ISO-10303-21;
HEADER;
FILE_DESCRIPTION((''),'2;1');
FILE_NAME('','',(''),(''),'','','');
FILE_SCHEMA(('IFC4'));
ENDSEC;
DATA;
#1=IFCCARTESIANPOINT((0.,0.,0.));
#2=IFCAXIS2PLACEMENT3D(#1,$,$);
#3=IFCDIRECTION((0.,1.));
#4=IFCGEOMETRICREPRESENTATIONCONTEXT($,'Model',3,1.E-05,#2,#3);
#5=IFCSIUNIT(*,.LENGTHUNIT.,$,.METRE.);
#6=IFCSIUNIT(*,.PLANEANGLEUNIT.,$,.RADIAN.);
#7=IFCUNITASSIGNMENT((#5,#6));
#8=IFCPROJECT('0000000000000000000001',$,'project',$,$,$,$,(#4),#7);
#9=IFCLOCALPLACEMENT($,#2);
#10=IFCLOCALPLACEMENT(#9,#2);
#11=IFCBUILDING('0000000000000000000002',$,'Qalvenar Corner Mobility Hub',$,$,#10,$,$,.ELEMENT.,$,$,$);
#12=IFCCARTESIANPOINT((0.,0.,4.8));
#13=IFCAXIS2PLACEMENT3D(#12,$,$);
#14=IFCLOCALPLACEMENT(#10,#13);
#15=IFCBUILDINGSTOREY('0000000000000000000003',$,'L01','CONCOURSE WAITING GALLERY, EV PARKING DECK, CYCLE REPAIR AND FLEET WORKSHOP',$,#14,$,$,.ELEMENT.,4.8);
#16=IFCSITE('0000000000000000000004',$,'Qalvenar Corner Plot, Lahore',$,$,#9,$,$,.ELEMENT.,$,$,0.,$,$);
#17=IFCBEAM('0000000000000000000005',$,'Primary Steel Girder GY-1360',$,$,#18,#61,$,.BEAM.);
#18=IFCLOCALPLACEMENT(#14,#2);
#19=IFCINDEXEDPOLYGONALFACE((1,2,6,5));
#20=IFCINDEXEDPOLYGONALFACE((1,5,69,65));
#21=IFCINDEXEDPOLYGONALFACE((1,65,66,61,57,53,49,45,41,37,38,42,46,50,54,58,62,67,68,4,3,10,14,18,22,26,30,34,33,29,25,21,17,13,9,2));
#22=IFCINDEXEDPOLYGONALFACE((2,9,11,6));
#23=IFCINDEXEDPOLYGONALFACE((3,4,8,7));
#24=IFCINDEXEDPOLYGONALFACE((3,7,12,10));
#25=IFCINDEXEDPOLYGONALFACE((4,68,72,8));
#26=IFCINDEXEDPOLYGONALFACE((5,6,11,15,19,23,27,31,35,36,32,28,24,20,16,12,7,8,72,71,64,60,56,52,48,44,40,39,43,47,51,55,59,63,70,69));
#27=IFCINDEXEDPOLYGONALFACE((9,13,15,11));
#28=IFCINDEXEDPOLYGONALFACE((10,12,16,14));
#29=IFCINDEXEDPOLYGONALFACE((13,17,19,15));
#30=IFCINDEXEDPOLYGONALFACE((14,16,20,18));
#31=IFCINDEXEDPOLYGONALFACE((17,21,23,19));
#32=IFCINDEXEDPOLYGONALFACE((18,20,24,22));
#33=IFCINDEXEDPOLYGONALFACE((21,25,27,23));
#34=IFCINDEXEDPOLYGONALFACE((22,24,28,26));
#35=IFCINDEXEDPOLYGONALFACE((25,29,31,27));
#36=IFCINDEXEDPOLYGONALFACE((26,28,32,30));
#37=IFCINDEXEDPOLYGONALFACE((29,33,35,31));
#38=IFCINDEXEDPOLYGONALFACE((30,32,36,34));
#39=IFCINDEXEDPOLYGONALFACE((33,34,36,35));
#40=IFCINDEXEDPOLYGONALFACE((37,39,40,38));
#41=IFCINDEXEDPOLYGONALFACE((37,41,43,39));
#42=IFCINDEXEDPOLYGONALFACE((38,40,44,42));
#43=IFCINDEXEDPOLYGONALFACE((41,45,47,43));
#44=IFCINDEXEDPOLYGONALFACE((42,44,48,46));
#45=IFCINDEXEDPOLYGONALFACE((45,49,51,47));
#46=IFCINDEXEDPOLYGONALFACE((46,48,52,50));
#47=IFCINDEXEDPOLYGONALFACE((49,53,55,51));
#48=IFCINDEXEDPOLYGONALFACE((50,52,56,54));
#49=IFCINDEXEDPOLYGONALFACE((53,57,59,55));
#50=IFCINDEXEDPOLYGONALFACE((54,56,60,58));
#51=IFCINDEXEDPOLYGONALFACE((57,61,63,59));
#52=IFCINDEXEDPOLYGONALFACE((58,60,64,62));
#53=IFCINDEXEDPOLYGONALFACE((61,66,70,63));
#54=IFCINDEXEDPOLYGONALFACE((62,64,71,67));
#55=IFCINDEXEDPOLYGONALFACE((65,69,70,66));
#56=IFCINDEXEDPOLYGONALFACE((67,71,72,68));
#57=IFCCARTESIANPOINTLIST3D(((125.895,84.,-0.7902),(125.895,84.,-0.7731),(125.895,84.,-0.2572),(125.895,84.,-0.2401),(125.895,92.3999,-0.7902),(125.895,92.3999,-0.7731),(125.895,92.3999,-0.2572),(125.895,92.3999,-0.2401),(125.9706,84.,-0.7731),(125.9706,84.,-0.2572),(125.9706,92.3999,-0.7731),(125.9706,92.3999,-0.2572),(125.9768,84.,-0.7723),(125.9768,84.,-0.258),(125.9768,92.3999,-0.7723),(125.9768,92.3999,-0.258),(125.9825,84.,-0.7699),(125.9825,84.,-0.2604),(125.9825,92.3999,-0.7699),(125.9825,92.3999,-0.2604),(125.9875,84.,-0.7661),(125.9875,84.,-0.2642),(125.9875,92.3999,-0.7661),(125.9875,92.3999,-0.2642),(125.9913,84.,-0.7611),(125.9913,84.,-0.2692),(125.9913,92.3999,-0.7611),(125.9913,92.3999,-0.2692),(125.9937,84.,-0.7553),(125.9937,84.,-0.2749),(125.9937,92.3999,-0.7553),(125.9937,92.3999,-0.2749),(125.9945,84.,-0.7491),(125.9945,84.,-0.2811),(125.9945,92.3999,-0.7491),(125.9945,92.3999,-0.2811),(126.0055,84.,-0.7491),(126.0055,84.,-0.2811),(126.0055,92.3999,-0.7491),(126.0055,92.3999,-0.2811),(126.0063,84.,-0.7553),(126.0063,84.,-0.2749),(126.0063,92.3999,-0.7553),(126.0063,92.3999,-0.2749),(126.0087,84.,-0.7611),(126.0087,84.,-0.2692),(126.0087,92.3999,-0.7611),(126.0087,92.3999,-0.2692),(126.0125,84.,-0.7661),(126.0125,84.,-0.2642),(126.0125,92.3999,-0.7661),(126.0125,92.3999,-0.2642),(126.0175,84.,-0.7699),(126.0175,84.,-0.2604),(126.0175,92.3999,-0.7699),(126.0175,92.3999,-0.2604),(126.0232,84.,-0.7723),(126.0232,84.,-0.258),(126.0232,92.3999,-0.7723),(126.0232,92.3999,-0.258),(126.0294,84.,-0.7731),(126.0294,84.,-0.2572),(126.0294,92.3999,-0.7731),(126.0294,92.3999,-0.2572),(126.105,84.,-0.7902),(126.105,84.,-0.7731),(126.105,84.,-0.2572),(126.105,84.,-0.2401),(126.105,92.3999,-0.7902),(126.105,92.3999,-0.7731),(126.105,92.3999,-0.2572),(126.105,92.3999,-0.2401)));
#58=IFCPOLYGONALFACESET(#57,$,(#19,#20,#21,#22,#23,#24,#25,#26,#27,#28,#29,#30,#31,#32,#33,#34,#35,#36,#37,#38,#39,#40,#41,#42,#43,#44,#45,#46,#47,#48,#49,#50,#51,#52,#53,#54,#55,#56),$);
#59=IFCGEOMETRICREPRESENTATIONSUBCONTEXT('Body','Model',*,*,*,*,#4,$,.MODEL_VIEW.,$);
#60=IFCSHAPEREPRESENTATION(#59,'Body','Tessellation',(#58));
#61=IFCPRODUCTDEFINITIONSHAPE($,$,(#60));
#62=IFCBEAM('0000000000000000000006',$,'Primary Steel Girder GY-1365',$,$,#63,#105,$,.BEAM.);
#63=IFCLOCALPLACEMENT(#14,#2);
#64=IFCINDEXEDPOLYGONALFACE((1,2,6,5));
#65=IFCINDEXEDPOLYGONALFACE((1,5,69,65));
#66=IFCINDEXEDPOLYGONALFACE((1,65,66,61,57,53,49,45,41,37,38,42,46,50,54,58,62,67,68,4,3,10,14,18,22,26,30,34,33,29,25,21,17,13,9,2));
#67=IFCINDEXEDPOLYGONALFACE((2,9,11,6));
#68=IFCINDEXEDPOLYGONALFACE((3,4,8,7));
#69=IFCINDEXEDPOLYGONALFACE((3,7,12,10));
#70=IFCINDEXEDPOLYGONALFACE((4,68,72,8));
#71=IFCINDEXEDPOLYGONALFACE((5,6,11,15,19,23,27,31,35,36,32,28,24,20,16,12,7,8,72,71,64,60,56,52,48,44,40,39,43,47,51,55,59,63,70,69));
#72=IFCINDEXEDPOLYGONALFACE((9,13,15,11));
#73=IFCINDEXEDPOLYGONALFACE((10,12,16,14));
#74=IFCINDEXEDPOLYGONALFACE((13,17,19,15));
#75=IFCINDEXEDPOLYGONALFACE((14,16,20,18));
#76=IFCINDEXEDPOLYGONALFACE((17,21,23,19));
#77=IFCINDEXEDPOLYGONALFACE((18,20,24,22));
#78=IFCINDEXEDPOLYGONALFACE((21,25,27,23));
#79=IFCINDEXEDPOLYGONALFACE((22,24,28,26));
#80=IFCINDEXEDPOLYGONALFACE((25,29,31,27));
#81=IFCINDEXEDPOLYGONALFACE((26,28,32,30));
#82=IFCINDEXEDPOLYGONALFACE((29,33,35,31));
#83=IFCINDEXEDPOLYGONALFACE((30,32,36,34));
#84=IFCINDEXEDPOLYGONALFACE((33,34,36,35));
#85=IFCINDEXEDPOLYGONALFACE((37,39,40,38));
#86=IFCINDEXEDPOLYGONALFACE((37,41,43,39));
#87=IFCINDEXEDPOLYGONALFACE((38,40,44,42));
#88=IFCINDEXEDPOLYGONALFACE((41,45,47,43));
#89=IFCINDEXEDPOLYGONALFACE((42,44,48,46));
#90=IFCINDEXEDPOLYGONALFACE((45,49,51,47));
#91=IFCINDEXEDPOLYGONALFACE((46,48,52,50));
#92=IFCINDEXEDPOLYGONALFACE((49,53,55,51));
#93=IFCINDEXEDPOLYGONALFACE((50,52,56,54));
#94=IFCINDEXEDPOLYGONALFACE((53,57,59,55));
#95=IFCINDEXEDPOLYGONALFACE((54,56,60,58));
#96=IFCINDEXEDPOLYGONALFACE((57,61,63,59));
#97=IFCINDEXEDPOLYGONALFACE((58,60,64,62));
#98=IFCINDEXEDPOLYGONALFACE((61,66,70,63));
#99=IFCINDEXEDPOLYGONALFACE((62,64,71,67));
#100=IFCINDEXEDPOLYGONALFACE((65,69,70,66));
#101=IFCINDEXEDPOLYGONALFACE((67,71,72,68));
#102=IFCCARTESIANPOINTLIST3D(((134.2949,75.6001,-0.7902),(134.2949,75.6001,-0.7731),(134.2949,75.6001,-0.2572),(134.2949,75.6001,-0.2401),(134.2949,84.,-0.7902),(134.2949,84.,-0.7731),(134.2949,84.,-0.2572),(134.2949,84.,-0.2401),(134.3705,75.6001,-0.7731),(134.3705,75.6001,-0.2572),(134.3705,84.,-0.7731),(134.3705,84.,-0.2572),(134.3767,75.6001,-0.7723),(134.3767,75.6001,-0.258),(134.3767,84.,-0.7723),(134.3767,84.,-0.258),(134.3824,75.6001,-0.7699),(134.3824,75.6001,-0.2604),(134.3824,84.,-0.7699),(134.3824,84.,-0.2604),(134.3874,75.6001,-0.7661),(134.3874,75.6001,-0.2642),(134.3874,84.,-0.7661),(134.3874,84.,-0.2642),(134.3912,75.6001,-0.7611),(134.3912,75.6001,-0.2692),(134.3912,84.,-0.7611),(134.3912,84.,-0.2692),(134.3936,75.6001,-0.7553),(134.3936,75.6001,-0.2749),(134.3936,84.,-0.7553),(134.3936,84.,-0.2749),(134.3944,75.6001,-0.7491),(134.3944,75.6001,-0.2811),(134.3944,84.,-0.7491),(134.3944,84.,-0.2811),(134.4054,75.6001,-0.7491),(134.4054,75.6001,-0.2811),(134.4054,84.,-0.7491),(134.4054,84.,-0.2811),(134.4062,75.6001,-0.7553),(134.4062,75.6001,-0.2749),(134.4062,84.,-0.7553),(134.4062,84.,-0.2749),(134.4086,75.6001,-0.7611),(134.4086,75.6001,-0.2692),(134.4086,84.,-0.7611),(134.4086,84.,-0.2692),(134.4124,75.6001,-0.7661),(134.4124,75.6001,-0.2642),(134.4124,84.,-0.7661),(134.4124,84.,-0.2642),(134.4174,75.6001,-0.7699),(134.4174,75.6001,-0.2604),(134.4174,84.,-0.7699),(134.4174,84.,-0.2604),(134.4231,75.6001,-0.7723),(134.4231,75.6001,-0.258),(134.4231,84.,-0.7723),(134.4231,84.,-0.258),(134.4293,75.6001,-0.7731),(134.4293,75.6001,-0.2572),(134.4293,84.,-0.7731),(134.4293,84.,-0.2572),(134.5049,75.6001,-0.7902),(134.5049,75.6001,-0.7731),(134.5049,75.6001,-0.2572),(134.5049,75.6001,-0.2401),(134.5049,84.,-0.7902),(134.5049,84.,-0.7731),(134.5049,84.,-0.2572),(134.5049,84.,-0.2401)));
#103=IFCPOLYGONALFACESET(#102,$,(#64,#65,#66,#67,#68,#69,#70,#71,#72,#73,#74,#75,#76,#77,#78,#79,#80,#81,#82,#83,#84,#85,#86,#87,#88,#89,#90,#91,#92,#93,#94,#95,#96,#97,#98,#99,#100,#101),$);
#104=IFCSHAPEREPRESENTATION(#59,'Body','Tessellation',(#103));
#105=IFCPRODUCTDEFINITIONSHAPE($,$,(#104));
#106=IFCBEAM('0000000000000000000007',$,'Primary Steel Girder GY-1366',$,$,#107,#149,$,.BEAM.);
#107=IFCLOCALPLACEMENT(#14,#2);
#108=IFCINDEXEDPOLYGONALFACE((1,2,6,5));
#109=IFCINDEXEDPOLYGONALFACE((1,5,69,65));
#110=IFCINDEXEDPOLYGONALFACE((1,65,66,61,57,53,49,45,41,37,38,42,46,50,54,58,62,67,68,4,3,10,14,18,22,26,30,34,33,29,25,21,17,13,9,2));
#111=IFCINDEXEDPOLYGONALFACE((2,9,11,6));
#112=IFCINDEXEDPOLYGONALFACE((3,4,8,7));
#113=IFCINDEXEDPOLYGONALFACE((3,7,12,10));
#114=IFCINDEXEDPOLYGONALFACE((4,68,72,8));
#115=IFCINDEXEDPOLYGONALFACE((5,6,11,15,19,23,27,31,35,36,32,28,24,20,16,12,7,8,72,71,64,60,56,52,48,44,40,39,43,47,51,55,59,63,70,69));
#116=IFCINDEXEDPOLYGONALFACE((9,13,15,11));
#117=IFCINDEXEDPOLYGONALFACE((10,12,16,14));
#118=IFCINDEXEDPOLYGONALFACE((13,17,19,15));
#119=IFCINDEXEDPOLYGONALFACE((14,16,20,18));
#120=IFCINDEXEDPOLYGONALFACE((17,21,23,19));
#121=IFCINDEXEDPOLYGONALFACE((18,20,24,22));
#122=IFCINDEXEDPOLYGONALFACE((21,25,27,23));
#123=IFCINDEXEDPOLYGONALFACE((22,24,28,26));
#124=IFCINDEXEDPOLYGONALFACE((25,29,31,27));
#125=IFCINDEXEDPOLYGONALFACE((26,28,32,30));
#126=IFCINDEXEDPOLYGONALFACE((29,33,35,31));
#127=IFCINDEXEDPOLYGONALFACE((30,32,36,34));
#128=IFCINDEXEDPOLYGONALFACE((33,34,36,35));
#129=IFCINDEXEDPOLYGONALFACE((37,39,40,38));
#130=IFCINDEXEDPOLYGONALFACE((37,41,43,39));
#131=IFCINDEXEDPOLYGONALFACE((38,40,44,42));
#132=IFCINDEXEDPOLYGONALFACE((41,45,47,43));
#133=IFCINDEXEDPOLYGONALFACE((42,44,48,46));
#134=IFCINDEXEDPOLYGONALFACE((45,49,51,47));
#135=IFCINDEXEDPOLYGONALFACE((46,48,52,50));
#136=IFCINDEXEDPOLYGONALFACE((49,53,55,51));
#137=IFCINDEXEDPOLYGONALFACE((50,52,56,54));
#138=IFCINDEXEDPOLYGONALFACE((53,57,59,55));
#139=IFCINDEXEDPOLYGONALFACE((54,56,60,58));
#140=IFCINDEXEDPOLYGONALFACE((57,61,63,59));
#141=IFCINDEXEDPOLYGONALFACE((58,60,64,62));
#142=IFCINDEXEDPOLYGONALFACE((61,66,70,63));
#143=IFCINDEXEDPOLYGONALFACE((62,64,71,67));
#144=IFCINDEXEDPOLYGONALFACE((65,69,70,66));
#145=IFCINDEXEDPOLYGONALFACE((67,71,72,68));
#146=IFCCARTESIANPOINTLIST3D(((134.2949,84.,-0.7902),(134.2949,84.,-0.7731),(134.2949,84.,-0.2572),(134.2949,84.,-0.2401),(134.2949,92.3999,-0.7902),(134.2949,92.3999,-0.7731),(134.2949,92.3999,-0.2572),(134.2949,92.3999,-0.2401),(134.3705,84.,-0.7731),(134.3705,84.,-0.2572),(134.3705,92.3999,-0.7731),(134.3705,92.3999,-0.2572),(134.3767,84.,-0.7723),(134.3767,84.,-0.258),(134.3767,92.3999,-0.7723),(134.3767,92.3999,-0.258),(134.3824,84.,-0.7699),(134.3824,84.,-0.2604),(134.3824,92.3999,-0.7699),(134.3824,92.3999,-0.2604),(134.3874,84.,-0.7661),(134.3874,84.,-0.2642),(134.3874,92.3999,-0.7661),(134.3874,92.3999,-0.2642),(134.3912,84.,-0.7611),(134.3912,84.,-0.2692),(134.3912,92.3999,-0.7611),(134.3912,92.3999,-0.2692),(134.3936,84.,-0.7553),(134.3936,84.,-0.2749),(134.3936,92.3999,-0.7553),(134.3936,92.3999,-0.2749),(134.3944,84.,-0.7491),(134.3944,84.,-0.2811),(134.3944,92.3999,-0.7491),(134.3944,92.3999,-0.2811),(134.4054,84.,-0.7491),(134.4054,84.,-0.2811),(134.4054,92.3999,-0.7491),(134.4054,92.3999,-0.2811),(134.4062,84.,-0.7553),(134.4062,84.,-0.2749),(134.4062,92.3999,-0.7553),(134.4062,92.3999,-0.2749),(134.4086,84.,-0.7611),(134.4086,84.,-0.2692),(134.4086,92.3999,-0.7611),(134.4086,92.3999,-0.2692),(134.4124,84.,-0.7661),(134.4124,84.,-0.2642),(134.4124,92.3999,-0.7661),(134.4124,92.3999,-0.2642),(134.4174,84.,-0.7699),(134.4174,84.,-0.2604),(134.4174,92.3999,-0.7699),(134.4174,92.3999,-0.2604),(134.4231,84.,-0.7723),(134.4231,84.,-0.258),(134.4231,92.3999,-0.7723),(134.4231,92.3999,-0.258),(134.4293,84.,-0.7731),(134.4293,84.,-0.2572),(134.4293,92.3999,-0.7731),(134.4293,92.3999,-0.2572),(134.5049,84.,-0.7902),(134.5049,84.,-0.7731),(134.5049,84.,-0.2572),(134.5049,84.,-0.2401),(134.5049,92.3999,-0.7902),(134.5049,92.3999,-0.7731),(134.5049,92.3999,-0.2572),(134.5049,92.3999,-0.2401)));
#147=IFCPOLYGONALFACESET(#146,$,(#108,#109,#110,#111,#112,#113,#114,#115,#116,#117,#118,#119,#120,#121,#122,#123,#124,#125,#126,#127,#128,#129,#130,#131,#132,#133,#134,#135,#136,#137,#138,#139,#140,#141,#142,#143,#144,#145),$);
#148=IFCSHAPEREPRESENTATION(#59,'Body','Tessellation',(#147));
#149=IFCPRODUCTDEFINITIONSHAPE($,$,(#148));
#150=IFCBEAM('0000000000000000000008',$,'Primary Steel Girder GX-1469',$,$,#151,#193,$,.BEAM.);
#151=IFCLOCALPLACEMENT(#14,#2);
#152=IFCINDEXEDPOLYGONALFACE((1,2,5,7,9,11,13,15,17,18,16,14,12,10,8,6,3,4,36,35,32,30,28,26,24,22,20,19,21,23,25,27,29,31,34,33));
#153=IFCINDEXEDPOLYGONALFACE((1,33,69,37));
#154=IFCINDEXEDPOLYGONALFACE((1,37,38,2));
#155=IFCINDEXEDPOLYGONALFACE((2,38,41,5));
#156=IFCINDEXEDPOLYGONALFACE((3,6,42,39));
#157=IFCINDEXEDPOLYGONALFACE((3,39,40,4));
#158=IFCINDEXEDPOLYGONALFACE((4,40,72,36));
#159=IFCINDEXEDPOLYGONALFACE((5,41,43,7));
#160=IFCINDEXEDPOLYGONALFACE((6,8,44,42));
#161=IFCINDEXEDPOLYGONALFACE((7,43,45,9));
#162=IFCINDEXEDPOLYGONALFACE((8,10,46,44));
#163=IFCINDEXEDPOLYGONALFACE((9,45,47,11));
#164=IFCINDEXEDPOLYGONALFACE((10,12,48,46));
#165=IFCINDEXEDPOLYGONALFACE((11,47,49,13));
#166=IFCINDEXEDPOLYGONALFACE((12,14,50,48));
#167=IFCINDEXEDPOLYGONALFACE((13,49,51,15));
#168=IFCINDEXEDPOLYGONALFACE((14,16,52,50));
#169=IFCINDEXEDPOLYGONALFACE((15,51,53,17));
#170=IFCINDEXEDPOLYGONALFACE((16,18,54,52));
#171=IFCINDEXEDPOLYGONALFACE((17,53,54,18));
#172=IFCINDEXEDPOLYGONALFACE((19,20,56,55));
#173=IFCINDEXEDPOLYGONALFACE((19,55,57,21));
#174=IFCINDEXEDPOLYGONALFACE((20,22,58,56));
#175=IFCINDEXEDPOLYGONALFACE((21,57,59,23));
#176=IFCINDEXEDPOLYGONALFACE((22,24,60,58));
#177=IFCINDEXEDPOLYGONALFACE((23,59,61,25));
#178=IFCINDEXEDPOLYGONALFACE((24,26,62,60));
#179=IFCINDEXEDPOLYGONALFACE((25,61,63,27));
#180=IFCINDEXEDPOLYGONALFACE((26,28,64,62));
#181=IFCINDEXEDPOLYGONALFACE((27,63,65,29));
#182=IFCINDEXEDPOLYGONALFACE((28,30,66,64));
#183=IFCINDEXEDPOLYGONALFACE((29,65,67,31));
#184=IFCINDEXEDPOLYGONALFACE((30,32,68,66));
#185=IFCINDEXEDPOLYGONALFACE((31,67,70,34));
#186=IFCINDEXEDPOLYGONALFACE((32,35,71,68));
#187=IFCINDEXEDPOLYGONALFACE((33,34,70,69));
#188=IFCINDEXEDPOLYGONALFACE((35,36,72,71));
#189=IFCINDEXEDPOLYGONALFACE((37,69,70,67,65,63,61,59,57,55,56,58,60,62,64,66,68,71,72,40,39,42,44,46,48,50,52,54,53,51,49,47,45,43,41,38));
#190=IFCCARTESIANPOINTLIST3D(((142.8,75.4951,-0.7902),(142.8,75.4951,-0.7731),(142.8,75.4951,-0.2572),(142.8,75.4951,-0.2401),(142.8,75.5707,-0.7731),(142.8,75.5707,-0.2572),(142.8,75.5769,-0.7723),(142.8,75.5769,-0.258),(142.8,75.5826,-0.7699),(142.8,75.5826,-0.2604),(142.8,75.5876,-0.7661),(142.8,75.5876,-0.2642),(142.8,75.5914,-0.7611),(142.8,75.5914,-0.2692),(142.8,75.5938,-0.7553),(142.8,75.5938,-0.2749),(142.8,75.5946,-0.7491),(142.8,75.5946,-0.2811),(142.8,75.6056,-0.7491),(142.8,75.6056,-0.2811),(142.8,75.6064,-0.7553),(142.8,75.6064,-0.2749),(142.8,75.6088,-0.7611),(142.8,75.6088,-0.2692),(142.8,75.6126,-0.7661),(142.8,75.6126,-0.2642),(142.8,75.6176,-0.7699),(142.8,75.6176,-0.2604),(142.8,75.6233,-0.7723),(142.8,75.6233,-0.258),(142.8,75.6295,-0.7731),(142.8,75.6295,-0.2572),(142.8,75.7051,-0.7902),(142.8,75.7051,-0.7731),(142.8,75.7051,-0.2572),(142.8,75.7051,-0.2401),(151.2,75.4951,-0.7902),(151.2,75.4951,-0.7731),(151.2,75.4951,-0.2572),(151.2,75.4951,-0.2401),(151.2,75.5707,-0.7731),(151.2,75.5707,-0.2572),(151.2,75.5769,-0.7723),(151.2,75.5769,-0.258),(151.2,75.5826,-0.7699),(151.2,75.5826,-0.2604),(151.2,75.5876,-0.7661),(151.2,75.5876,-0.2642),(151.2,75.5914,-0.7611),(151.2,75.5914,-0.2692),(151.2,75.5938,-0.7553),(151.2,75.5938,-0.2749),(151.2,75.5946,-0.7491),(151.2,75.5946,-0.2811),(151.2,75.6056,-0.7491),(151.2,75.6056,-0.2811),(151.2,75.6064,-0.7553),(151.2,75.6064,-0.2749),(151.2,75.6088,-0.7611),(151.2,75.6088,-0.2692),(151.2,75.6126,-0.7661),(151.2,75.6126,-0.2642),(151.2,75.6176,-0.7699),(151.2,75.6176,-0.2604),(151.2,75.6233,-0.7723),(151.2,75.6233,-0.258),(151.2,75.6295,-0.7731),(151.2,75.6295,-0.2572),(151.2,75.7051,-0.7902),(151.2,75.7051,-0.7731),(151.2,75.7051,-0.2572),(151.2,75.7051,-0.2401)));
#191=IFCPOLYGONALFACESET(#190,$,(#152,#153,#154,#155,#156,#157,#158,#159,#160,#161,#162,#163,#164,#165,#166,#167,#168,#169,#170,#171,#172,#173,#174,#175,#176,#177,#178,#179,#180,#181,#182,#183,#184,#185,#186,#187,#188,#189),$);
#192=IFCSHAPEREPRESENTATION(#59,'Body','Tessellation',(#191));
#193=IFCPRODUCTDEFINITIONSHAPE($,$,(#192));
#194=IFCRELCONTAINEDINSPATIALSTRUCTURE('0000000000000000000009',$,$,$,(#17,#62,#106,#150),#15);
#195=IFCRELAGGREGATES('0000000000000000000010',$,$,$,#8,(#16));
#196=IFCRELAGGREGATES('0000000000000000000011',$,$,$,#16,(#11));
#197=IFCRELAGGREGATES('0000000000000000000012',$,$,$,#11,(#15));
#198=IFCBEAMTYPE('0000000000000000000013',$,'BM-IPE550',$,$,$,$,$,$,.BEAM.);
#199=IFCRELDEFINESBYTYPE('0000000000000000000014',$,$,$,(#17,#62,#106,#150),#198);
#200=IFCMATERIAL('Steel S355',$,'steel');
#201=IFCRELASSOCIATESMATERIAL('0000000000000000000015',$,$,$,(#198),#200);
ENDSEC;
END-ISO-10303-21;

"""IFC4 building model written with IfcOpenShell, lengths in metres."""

from ifc_helpers import new_model, si_unit, direction, frame, origin, origin_2d, place, context, subcontext, project, spatial, i_section, extrude, material, material_profile, profile_set, type_object, element, save


model = new_model("IFC4")

# Units and contexts
model_context = context("Model", 3, precision=1e-05, world=origin(), true_north=direction((0.0, 1.0)))
body_context = subcontext(model_context, "Body", "Model", "MODEL_VIEW")
ifc_project = project(units=[si_unit("LENGTHUNIT", "METRE"), si_unit("PLANEANGLEUNIT", "RADIAN")], contexts=[model_context])

# Site, building, storey
site_placement = place(None, origin())
site = spatial("IfcSite", under=ifc_project, at=site_placement, Name="Qalvenar Corner Plot, Lahore", CompositionType="ELEMENT", RefElevation=0.0)
building_placement = place(site_placement, origin())
building = spatial("IfcBuilding", under=site, at=building_placement, Name="Qalvenar Corner Mobility Hub", CompositionType="ELEMENT")
storey_placement = place(building_placement, frame((0.0, 0.0, 4.8)))
storey = spatial("IfcBuildingStorey", under=building, at=storey_placement, Name="L01", Description="CONCOURSE WAITING GALLERY, EV PARKING DECK, CYCLE REPAIR AND FLEET WORKSHOP", CompositionType="ELEMENT", Elevation=4.8)

# Shared definitions
ifc_material_1 = material(Name="Steel S355", Category="steel")

# Beams
ifc_material_profile_1 = material_profile(ifc_material_1, i_section(OverallWidth=0.21, OverallDepth=0.55, WebThickness=0.011, FlangeThickness=0.0171, FilletRadius=0.0239, at=origin_2d()), Name="IPE550")
ifc_profile_set_1 = profile_set([ifc_material_profile_1], Name="Steel S355")
beam_type_1 = type_object("IfcBeamType", Name="BM-IPE550", PredefinedType="BEAM", material=ifc_profile_set_1)
for number, where, z_axis, x_axis, name in (
    (1, (126.0, 84.0, -0.5151), (0.0, 1.0, 0.0), (-1.0, 0.0, 0.0), "Primary Steel Girder GY-1360"),
    (2, (134.3999, 75.6001, -0.5151), (0.0, 1.0, 0.0), (-1.0, 0.0, 0.0), "Primary Steel Girder GY-1365"),
    (3, (134.3999, 84.0, -0.5151), (0.0, 1.0, 0.0), (-1.0, 0.0, 0.0), "Primary Steel Girder GY-1366"),
    (4, (142.8, 75.6001, -0.5151), (1.0, 0.0, 0.0), (0.0, 1.0, 0.0), "Primary Steel Girder GX-1469"),
):
    element("IfcBeam", number, at=place(storey_placement, frame(where, z_axis=z_axis, x_axis=x_axis)), inside=storey, type_object=beam_type_1, Name=name, PredefinedType="BEAM", context=body_context, shape_type="SweptSolid", body=[
        extrude(i_section(OverallWidth=0.21, OverallDepth=0.55, WebThickness=0.011, FlangeThickness=0.0171, FilletRadius=0.0239, at=origin_2d()), origin(), (0.0, 0.0, 1.0), 8.3999),
    ])

save(model, "model.ifc")
